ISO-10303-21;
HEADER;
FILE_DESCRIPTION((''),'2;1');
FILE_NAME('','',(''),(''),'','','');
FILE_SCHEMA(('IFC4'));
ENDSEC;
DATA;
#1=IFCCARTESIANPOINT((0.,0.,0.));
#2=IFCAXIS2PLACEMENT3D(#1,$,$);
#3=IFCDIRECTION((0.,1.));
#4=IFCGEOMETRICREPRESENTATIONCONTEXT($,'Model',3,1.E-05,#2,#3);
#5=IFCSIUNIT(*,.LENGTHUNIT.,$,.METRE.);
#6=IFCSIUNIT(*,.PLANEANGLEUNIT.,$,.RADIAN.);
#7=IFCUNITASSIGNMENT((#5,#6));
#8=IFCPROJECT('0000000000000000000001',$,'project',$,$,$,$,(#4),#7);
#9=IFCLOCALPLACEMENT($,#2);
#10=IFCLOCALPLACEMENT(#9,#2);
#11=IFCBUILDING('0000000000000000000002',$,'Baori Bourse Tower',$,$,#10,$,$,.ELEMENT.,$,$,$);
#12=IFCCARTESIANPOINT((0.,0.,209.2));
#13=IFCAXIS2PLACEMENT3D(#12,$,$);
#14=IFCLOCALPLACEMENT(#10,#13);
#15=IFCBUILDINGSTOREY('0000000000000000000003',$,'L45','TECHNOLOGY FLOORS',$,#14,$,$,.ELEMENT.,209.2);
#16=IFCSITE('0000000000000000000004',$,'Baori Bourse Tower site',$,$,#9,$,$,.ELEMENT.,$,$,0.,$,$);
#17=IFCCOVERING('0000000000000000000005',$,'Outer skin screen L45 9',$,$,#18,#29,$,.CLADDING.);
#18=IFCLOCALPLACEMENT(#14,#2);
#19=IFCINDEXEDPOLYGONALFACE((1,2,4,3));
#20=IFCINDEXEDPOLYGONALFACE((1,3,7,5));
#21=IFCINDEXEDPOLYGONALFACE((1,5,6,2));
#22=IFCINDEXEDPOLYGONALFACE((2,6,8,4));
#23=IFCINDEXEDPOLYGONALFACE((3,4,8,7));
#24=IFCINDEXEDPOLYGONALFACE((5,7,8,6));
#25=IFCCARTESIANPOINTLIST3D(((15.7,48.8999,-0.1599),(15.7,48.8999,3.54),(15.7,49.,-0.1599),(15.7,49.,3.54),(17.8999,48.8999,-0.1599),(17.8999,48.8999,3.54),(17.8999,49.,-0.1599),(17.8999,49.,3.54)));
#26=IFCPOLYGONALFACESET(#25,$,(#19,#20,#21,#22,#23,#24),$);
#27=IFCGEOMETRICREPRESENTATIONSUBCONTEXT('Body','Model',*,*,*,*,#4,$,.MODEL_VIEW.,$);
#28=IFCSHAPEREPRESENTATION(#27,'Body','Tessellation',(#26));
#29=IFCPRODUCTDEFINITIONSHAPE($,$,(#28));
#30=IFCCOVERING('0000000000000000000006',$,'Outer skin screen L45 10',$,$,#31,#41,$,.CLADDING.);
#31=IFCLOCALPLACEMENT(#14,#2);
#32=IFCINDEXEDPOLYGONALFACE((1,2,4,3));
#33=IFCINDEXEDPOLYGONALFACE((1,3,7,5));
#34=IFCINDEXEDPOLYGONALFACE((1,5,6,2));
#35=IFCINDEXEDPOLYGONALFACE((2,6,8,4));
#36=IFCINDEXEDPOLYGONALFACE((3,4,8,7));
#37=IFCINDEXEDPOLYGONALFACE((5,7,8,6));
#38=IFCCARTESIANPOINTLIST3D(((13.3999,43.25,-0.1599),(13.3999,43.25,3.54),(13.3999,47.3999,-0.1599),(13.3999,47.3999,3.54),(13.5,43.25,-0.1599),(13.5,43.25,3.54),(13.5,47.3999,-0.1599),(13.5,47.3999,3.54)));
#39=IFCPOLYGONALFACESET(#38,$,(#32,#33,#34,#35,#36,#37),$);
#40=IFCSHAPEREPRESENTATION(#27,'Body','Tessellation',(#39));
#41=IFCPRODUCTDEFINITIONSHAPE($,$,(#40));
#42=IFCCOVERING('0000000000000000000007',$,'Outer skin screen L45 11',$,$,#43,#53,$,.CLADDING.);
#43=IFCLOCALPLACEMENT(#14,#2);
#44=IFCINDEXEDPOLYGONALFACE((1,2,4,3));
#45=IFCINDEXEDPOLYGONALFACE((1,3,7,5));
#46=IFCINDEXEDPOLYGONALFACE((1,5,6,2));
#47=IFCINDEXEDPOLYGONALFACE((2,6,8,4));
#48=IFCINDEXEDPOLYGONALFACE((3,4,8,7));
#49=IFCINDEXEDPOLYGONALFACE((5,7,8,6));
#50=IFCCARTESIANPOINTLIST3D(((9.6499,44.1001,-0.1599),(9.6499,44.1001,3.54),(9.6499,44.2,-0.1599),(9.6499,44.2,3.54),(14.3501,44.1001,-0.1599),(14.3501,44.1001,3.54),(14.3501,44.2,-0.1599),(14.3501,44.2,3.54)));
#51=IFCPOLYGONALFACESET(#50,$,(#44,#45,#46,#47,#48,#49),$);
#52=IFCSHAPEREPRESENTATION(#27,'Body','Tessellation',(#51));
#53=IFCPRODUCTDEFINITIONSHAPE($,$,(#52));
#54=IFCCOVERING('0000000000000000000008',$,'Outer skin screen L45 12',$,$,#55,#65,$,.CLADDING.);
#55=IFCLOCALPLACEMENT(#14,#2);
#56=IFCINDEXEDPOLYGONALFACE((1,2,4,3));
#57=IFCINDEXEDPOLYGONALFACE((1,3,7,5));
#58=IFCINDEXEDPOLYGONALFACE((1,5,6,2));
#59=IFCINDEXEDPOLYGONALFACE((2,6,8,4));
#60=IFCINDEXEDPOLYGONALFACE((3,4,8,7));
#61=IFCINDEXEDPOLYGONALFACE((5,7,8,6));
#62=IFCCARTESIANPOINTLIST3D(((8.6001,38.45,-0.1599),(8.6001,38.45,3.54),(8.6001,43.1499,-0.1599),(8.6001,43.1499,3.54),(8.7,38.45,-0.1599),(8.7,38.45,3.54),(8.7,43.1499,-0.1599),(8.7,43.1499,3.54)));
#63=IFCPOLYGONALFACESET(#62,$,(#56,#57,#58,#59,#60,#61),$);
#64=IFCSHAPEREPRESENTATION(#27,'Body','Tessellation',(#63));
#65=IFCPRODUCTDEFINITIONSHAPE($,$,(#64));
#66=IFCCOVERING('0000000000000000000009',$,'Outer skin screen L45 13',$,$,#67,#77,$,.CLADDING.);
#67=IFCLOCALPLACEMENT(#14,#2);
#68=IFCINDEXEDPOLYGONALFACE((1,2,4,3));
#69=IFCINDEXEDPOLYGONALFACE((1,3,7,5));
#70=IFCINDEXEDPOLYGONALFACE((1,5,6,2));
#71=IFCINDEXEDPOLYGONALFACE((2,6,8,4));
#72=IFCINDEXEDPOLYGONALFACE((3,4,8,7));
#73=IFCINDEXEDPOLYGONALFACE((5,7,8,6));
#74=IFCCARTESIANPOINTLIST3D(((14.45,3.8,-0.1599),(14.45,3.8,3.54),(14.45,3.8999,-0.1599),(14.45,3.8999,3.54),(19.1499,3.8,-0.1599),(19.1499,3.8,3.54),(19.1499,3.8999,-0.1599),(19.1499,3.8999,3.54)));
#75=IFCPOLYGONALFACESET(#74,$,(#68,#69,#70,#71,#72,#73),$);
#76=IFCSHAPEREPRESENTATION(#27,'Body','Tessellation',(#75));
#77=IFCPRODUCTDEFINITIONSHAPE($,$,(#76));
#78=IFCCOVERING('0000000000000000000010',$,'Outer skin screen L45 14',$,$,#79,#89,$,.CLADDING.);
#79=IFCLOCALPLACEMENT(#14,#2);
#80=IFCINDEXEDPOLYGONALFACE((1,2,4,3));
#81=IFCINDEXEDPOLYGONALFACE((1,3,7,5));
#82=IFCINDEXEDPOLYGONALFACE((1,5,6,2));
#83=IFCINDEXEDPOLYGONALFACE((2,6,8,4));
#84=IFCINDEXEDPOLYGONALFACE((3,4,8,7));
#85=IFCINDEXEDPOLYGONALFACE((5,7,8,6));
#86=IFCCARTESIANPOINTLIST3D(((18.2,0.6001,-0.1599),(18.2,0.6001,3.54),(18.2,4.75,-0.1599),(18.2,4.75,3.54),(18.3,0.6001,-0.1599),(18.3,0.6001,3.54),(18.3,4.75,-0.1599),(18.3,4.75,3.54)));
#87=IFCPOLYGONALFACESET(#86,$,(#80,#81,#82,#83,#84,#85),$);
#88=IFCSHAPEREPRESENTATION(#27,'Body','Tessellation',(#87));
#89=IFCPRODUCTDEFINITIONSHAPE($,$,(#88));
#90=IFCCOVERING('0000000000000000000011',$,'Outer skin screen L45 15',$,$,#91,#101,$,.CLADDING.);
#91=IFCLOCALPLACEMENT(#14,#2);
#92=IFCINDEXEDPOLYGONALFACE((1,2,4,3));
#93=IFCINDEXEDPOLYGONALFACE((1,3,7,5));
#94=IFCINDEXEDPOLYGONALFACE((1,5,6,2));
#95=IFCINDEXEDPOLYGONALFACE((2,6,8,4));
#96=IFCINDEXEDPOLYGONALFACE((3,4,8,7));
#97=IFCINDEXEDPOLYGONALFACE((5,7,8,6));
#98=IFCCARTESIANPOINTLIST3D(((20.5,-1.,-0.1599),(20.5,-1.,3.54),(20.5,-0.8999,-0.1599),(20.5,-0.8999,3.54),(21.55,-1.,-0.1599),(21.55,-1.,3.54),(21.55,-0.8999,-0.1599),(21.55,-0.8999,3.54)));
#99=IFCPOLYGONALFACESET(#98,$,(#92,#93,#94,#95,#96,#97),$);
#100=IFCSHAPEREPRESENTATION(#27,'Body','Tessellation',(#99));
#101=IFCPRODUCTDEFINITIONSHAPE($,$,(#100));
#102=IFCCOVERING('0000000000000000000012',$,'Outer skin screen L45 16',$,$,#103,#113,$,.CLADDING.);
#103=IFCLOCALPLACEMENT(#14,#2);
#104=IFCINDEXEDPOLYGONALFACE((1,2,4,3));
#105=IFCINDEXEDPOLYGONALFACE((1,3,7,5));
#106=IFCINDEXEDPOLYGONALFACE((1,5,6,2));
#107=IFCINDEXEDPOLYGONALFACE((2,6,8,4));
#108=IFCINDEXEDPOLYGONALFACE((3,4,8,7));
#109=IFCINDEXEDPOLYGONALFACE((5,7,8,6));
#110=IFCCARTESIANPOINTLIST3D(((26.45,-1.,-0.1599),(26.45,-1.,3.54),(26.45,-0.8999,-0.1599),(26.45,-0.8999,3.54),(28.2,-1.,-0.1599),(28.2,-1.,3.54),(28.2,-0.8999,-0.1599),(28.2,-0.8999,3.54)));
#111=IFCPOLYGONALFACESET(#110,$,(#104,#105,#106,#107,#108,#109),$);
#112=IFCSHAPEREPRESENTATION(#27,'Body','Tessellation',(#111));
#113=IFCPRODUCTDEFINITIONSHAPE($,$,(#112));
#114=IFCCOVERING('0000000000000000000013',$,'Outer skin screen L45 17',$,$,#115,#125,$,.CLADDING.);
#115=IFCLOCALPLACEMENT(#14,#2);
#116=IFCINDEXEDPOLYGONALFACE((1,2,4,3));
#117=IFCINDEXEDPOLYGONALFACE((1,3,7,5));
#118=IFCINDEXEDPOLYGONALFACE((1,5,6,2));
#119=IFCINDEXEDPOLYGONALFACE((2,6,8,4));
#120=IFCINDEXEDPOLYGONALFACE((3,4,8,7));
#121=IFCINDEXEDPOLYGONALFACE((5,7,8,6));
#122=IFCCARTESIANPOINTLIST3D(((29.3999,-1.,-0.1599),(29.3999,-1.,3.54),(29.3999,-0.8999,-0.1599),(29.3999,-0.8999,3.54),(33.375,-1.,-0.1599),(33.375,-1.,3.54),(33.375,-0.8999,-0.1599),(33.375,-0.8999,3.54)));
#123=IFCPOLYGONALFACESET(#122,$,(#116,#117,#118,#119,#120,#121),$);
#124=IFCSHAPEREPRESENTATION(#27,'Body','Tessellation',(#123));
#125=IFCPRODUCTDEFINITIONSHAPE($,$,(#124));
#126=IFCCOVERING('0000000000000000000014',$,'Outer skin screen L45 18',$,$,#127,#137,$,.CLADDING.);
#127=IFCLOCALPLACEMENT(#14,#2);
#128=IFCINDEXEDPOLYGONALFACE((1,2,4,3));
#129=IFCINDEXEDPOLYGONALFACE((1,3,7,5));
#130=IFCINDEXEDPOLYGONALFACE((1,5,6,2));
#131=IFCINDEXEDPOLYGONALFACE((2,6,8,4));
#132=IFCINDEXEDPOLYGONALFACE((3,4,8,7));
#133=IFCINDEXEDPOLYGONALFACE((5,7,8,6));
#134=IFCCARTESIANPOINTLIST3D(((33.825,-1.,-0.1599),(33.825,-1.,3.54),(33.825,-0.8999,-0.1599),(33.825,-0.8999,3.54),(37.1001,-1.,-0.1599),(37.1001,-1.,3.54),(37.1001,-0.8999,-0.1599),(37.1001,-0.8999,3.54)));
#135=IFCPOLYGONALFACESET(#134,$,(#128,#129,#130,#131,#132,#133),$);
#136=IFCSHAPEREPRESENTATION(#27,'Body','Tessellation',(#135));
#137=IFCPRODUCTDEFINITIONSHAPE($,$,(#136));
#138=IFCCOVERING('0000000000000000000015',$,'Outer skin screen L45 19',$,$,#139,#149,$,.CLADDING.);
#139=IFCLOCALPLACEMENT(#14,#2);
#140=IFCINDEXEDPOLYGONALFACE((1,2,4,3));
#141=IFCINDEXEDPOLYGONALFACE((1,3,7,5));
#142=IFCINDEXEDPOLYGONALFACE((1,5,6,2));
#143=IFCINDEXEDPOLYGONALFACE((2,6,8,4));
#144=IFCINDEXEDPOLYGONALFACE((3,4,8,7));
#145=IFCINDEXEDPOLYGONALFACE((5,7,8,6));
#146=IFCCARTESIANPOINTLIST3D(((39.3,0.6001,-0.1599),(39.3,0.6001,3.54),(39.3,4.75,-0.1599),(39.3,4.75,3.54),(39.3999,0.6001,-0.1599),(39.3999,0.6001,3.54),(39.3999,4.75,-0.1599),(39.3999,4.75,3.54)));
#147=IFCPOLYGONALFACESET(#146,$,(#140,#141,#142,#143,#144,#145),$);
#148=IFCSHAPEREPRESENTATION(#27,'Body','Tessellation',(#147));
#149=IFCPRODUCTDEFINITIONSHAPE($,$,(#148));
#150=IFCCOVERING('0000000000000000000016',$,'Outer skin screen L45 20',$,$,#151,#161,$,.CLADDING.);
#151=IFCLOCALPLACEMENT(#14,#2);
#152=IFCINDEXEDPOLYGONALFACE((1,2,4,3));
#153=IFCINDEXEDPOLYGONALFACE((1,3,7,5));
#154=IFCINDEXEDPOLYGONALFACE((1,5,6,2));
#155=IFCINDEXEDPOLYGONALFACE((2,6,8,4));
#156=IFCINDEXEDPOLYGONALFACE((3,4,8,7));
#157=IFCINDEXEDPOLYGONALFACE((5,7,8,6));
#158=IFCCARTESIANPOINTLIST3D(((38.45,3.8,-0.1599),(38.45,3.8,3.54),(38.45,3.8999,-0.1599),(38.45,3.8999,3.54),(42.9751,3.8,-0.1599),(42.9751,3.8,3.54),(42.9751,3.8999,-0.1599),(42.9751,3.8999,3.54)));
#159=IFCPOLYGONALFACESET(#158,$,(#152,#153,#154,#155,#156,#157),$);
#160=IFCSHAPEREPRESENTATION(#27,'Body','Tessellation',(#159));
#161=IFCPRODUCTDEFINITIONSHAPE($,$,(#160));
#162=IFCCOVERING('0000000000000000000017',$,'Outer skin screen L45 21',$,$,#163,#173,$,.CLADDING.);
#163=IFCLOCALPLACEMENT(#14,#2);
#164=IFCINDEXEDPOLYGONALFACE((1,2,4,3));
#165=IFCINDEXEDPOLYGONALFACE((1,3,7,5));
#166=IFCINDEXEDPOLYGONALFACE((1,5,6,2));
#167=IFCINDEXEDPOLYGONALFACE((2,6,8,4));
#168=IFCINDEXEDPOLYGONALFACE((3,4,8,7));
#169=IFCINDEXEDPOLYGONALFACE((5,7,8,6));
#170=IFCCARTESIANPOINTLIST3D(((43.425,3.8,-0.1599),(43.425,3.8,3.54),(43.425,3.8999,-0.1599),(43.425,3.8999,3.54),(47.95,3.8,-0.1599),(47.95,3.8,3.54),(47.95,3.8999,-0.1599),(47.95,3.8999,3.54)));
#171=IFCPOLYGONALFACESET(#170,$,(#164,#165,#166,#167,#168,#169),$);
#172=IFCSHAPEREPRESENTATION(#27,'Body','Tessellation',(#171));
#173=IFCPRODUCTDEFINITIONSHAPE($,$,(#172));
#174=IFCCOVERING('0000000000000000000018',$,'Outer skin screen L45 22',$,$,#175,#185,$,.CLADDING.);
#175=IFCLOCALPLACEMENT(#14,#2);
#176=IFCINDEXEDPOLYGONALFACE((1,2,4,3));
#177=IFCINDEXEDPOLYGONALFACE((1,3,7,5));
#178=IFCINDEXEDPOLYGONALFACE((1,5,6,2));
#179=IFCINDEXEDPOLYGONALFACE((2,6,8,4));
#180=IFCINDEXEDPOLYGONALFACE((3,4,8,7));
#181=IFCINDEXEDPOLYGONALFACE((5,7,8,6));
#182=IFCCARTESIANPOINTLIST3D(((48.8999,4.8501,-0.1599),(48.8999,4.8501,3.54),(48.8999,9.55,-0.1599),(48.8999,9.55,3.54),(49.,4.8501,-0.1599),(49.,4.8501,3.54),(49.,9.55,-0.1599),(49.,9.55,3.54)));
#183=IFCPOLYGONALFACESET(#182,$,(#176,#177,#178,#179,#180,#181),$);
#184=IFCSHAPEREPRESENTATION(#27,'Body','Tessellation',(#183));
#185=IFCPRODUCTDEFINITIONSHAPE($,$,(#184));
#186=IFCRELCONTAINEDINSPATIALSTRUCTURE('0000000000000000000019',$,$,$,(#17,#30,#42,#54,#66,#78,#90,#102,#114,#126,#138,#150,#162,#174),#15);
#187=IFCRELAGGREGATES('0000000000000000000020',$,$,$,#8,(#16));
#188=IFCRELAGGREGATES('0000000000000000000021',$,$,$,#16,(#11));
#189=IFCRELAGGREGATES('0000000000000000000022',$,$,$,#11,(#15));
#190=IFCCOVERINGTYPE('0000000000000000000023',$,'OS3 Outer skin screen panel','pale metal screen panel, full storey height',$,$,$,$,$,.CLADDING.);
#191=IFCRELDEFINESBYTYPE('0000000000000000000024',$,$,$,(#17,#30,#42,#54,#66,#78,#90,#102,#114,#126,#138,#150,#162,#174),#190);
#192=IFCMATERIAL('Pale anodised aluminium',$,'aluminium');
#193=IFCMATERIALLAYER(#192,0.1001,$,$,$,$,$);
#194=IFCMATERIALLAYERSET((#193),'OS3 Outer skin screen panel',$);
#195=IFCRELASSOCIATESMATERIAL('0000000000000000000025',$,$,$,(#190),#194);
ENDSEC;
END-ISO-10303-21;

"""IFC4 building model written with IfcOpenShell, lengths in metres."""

from ifc_helpers import new_model, si_unit, direction, frame, origin, place, context, subcontext, project, spatial, polyline, outline, extrude, material, layer, layer_set, type_object, element, save


model = new_model("IFC4")

# Units and contexts
model_context = context("Model", 3, precision=1e-05, world=origin(), true_north=direction((0.0, 1.0)))
body_context = subcontext(model_context, "Body", "Model", "MODEL_VIEW")
ifc_project = project(units=[si_unit("LENGTHUNIT", "METRE"), si_unit("PLANEANGLEUNIT", "RADIAN")], contexts=[model_context])

# Site, building, storey
site_placement = place(None, origin())
site = spatial("IfcSite", under=ifc_project, at=site_placement, Name="Baori Bourse Tower site", CompositionType="ELEMENT", RefElevation=0.0)
building_placement = place(site_placement, origin())
building = spatial("IfcBuilding", under=site, at=building_placement, Name="Baori Bourse Tower", CompositionType="ELEMENT")
storey_placement = place(building_placement, frame((0.0, 0.0, 209.2)))
storey = spatial("IfcBuildingStorey", under=building, at=storey_placement, Name="L45", Description="TECHNOLOGY FLOORS", CompositionType="ELEMENT", Elevation=209.2)

# Coverings
ifc_material_1 = material(Name="Pale anodised aluminium", Category="aluminium")
ifc_layer_1 = layer(ifc_material_1, 0.1001)
ifc_layer_set_1 = layer_set([ifc_layer_1], Name="OS3 Outer skin screen panel")
covering_type_1 = type_object("IfcCoveringType", Name="OS3 Outer skin screen panel", Description="pale metal screen panel, full storey height", PredefinedType="CLADDING", material=ifc_layer_set_1)
covering_1_placement = place(storey_placement, frame((0.0, 0.0, -0.1599)))
element("IfcCovering", 1, at=covering_1_placement, inside=storey, type_object=covering_type_1, Name="Outer skin screen L45 9", PredefinedType="CLADDING", context=body_context, shape_type="SweptSolid", body=[
    extrude(outline(polyline([(15.7, 48.8999), (17.8999, 48.8999), (17.8999, 49.0), (15.7, 49.0), (15.7, 48.8999)])), origin(), (0.0, 0.0, 1.0), 3.7),
])
covering_2_placement = place(storey_placement, frame((0.0, 0.0, -0.1599)))
element("IfcCovering", 2, at=covering_2_placement, inside=storey, type_object=covering_type_1, Name="Outer skin screen L45 10", PredefinedType="CLADDING", context=body_context, shape_type="SweptSolid", body=[
    extrude(outline(polyline([(13.5, 43.25), (13.5, 47.3999), (13.3999, 47.3999), (13.3999, 43.25), (13.5, 43.25)])), origin(), (0.0, 0.0, 1.0), 3.7),
])
covering_3_placement = place(storey_placement, frame((0.0, 0.0, -0.1599)))
element("IfcCovering", 3, at=covering_3_placement, inside=storey, type_object=covering_type_1, Name="Outer skin screen L45 11", PredefinedType="CLADDING", context=body_context, shape_type="SweptSolid", body=[
    extrude(outline(polyline([(9.6499, 44.1001), (14.3501, 44.1001), (14.3501, 44.2), (9.6499, 44.2), (9.6499, 44.1001)])), origin(), (0.0, 0.0, 1.0), 3.7),
])
covering_4_placement = place(storey_placement, frame((0.0, 0.0, -0.1599)))
element("IfcCovering", 4, at=covering_4_placement, inside=storey, type_object=covering_type_1, Name="Outer skin screen L45 12", PredefinedType="CLADDING", context=body_context, shape_type="SweptSolid", body=[
    extrude(outline(polyline([(8.7, 38.45), (8.7, 43.1499), (8.6001, 43.1499), (8.6001, 38.45), (8.7, 38.45)])), origin(), (0.0, 0.0, 1.0), 3.7),
])
covering_5_placement = place(storey_placement, frame((0.0, 0.0, -0.1599)))
element("IfcCovering", 5, at=covering_5_placement, inside=storey, type_object=covering_type_1, Name="Outer skin screen L45 13", PredefinedType="CLADDING", context=body_context, shape_type="SweptSolid", body=[
    extrude(outline(polyline([(19.1499, 3.8999), (14.45, 3.8999), (14.45, 3.8), (19.1499, 3.8), (19.1499, 3.8999)])), origin(), (0.0, 0.0, 1.0), 3.7),
])
covering_6_placement = place(storey_placement, frame((0.0, 0.0, -0.1599)))
element("IfcCovering", 6, at=covering_6_placement, inside=storey, type_object=covering_type_1, Name="Outer skin screen L45 14", PredefinedType="CLADDING", context=body_context, shape_type="SweptSolid", body=[
    extrude(outline(polyline([(18.3, 0.6001), (18.3, 4.75), (18.2, 4.75), (18.2, 0.6001), (18.3, 0.6001)])), origin(), (0.0, 0.0, 1.0), 3.7),
])
covering_7_placement = place(storey_placement, frame((0.0, 0.0, -0.1599)))
element("IfcCovering", 7, at=covering_7_placement, inside=storey, type_object=covering_type_1, Name="Outer skin screen L45 15", PredefinedType="CLADDING", context=body_context, shape_type="SweptSolid", body=[
    extrude(outline(polyline([(21.55, -0.8999), (20.5, -0.8999), (20.5, -1.0), (21.55, -1.0), (21.55, -0.8999)])), origin(), (0.0, 0.0, 1.0), 3.7),
])
covering_8_placement = place(storey_placement, frame((0.0, 0.0, -0.1599)))
element("IfcCovering", 8, at=covering_8_placement, inside=storey, type_object=covering_type_1, Name="Outer skin screen L45 16", PredefinedType="CLADDING", context=body_context, shape_type="SweptSolid", body=[
    extrude(outline(polyline([(28.2, -0.8999), (26.45, -0.8999), (26.45, -1.0), (28.2, -1.0), (28.2, -0.8999)])), origin(), (0.0, 0.0, 1.0), 3.7),
])
covering_9_placement = place(storey_placement, frame((0.0, 0.0, -0.1599)))
element("IfcCovering", 9, at=covering_9_placement, inside=storey, type_object=covering_type_1, Name="Outer skin screen L45 17", PredefinedType="CLADDING", context=body_context, shape_type="SweptSolid", body=[
    extrude(outline(polyline([(33.375, -0.8999), (29.3999, -0.8999), (29.3999, -1.0), (33.375, -1.0), (33.375, -0.8999)])), origin(), (0.0, 0.0, 1.0), 3.7),
])
covering_10_placement = place(storey_placement, frame((0.0, 0.0, -0.1599)))
element("IfcCovering", 10, at=covering_10_placement, inside=storey, type_object=covering_type_1, Name="Outer skin screen L45 18", PredefinedType="CLADDING", context=body_context, shape_type="SweptSolid", body=[
    extrude(outline(polyline([(37.1001, -0.8999), (33.825, -0.8999), (33.825, -1.0), (37.1001, -1.0), (37.1001, -0.8999)])), origin(), (0.0, 0.0, 1.0), 3.7),
])
covering_11_placement = place(storey_placement, frame((0.0, 0.0, -0.1599)))
element("IfcCovering", 11, at=covering_11_placement, inside=storey, type_object=covering_type_1, Name="Outer skin screen L45 19", PredefinedType="CLADDING", context=body_context, shape_type="SweptSolid", body=[
    extrude(outline(polyline([(39.3, 4.75), (39.3, 0.6001), (39.3999, 0.6001), (39.3999, 4.75), (39.3, 4.75)])), origin(), (0.0, 0.0, 1.0), 3.7),
])
covering_12_placement = place(storey_placement, frame((0.0, 0.0, -0.1599)))
element("IfcCovering", 12, at=covering_12_placement, inside=storey, type_object=covering_type_1, Name="Outer skin screen L45 20", PredefinedType="CLADDING", context=body_context, shape_type="SweptSolid", body=[
    extrude(outline(polyline([(42.9751, 3.8999), (38.45, 3.8999), (38.45, 3.8), (42.9751, 3.8), (42.9751, 3.8999)])), origin(), (0.0, 0.0, 1.0), 3.7),
])
covering_13_placement = place(storey_placement, frame((0.0, 0.0, -0.1599)))
element("IfcCovering", 13, at=covering_13_placement, inside=storey, type_object=covering_type_1, Name="Outer skin screen L45 21", PredefinedType="CLADDING", context=body_context, shape_type="SweptSolid", body=[
    extrude(outline(polyline([(47.95, 3.8999), (43.425, 3.8999), (43.425, 3.8), (47.95, 3.8), (47.95, 3.8999)])), origin(), (0.0, 0.0, 1.0), 3.7),
])
covering_14_placement = place(storey_placement, frame((0.0, 0.0, -0.1599)))
element("IfcCovering", 14, at=covering_14_placement, inside=storey, type_object=covering_type_1, Name="Outer skin screen L45 22", PredefinedType="CLADDING", context=body_context, shape_type="SweptSolid", body=[
    extrude(outline(polyline([(48.8999, 9.55), (48.8999, 4.8501), (49.0, 4.8501), (49.0, 9.55), (48.8999, 9.55)])), origin(), (0.0, 0.0, 1.0), 3.7),
])

save(model, "model.ifc")
